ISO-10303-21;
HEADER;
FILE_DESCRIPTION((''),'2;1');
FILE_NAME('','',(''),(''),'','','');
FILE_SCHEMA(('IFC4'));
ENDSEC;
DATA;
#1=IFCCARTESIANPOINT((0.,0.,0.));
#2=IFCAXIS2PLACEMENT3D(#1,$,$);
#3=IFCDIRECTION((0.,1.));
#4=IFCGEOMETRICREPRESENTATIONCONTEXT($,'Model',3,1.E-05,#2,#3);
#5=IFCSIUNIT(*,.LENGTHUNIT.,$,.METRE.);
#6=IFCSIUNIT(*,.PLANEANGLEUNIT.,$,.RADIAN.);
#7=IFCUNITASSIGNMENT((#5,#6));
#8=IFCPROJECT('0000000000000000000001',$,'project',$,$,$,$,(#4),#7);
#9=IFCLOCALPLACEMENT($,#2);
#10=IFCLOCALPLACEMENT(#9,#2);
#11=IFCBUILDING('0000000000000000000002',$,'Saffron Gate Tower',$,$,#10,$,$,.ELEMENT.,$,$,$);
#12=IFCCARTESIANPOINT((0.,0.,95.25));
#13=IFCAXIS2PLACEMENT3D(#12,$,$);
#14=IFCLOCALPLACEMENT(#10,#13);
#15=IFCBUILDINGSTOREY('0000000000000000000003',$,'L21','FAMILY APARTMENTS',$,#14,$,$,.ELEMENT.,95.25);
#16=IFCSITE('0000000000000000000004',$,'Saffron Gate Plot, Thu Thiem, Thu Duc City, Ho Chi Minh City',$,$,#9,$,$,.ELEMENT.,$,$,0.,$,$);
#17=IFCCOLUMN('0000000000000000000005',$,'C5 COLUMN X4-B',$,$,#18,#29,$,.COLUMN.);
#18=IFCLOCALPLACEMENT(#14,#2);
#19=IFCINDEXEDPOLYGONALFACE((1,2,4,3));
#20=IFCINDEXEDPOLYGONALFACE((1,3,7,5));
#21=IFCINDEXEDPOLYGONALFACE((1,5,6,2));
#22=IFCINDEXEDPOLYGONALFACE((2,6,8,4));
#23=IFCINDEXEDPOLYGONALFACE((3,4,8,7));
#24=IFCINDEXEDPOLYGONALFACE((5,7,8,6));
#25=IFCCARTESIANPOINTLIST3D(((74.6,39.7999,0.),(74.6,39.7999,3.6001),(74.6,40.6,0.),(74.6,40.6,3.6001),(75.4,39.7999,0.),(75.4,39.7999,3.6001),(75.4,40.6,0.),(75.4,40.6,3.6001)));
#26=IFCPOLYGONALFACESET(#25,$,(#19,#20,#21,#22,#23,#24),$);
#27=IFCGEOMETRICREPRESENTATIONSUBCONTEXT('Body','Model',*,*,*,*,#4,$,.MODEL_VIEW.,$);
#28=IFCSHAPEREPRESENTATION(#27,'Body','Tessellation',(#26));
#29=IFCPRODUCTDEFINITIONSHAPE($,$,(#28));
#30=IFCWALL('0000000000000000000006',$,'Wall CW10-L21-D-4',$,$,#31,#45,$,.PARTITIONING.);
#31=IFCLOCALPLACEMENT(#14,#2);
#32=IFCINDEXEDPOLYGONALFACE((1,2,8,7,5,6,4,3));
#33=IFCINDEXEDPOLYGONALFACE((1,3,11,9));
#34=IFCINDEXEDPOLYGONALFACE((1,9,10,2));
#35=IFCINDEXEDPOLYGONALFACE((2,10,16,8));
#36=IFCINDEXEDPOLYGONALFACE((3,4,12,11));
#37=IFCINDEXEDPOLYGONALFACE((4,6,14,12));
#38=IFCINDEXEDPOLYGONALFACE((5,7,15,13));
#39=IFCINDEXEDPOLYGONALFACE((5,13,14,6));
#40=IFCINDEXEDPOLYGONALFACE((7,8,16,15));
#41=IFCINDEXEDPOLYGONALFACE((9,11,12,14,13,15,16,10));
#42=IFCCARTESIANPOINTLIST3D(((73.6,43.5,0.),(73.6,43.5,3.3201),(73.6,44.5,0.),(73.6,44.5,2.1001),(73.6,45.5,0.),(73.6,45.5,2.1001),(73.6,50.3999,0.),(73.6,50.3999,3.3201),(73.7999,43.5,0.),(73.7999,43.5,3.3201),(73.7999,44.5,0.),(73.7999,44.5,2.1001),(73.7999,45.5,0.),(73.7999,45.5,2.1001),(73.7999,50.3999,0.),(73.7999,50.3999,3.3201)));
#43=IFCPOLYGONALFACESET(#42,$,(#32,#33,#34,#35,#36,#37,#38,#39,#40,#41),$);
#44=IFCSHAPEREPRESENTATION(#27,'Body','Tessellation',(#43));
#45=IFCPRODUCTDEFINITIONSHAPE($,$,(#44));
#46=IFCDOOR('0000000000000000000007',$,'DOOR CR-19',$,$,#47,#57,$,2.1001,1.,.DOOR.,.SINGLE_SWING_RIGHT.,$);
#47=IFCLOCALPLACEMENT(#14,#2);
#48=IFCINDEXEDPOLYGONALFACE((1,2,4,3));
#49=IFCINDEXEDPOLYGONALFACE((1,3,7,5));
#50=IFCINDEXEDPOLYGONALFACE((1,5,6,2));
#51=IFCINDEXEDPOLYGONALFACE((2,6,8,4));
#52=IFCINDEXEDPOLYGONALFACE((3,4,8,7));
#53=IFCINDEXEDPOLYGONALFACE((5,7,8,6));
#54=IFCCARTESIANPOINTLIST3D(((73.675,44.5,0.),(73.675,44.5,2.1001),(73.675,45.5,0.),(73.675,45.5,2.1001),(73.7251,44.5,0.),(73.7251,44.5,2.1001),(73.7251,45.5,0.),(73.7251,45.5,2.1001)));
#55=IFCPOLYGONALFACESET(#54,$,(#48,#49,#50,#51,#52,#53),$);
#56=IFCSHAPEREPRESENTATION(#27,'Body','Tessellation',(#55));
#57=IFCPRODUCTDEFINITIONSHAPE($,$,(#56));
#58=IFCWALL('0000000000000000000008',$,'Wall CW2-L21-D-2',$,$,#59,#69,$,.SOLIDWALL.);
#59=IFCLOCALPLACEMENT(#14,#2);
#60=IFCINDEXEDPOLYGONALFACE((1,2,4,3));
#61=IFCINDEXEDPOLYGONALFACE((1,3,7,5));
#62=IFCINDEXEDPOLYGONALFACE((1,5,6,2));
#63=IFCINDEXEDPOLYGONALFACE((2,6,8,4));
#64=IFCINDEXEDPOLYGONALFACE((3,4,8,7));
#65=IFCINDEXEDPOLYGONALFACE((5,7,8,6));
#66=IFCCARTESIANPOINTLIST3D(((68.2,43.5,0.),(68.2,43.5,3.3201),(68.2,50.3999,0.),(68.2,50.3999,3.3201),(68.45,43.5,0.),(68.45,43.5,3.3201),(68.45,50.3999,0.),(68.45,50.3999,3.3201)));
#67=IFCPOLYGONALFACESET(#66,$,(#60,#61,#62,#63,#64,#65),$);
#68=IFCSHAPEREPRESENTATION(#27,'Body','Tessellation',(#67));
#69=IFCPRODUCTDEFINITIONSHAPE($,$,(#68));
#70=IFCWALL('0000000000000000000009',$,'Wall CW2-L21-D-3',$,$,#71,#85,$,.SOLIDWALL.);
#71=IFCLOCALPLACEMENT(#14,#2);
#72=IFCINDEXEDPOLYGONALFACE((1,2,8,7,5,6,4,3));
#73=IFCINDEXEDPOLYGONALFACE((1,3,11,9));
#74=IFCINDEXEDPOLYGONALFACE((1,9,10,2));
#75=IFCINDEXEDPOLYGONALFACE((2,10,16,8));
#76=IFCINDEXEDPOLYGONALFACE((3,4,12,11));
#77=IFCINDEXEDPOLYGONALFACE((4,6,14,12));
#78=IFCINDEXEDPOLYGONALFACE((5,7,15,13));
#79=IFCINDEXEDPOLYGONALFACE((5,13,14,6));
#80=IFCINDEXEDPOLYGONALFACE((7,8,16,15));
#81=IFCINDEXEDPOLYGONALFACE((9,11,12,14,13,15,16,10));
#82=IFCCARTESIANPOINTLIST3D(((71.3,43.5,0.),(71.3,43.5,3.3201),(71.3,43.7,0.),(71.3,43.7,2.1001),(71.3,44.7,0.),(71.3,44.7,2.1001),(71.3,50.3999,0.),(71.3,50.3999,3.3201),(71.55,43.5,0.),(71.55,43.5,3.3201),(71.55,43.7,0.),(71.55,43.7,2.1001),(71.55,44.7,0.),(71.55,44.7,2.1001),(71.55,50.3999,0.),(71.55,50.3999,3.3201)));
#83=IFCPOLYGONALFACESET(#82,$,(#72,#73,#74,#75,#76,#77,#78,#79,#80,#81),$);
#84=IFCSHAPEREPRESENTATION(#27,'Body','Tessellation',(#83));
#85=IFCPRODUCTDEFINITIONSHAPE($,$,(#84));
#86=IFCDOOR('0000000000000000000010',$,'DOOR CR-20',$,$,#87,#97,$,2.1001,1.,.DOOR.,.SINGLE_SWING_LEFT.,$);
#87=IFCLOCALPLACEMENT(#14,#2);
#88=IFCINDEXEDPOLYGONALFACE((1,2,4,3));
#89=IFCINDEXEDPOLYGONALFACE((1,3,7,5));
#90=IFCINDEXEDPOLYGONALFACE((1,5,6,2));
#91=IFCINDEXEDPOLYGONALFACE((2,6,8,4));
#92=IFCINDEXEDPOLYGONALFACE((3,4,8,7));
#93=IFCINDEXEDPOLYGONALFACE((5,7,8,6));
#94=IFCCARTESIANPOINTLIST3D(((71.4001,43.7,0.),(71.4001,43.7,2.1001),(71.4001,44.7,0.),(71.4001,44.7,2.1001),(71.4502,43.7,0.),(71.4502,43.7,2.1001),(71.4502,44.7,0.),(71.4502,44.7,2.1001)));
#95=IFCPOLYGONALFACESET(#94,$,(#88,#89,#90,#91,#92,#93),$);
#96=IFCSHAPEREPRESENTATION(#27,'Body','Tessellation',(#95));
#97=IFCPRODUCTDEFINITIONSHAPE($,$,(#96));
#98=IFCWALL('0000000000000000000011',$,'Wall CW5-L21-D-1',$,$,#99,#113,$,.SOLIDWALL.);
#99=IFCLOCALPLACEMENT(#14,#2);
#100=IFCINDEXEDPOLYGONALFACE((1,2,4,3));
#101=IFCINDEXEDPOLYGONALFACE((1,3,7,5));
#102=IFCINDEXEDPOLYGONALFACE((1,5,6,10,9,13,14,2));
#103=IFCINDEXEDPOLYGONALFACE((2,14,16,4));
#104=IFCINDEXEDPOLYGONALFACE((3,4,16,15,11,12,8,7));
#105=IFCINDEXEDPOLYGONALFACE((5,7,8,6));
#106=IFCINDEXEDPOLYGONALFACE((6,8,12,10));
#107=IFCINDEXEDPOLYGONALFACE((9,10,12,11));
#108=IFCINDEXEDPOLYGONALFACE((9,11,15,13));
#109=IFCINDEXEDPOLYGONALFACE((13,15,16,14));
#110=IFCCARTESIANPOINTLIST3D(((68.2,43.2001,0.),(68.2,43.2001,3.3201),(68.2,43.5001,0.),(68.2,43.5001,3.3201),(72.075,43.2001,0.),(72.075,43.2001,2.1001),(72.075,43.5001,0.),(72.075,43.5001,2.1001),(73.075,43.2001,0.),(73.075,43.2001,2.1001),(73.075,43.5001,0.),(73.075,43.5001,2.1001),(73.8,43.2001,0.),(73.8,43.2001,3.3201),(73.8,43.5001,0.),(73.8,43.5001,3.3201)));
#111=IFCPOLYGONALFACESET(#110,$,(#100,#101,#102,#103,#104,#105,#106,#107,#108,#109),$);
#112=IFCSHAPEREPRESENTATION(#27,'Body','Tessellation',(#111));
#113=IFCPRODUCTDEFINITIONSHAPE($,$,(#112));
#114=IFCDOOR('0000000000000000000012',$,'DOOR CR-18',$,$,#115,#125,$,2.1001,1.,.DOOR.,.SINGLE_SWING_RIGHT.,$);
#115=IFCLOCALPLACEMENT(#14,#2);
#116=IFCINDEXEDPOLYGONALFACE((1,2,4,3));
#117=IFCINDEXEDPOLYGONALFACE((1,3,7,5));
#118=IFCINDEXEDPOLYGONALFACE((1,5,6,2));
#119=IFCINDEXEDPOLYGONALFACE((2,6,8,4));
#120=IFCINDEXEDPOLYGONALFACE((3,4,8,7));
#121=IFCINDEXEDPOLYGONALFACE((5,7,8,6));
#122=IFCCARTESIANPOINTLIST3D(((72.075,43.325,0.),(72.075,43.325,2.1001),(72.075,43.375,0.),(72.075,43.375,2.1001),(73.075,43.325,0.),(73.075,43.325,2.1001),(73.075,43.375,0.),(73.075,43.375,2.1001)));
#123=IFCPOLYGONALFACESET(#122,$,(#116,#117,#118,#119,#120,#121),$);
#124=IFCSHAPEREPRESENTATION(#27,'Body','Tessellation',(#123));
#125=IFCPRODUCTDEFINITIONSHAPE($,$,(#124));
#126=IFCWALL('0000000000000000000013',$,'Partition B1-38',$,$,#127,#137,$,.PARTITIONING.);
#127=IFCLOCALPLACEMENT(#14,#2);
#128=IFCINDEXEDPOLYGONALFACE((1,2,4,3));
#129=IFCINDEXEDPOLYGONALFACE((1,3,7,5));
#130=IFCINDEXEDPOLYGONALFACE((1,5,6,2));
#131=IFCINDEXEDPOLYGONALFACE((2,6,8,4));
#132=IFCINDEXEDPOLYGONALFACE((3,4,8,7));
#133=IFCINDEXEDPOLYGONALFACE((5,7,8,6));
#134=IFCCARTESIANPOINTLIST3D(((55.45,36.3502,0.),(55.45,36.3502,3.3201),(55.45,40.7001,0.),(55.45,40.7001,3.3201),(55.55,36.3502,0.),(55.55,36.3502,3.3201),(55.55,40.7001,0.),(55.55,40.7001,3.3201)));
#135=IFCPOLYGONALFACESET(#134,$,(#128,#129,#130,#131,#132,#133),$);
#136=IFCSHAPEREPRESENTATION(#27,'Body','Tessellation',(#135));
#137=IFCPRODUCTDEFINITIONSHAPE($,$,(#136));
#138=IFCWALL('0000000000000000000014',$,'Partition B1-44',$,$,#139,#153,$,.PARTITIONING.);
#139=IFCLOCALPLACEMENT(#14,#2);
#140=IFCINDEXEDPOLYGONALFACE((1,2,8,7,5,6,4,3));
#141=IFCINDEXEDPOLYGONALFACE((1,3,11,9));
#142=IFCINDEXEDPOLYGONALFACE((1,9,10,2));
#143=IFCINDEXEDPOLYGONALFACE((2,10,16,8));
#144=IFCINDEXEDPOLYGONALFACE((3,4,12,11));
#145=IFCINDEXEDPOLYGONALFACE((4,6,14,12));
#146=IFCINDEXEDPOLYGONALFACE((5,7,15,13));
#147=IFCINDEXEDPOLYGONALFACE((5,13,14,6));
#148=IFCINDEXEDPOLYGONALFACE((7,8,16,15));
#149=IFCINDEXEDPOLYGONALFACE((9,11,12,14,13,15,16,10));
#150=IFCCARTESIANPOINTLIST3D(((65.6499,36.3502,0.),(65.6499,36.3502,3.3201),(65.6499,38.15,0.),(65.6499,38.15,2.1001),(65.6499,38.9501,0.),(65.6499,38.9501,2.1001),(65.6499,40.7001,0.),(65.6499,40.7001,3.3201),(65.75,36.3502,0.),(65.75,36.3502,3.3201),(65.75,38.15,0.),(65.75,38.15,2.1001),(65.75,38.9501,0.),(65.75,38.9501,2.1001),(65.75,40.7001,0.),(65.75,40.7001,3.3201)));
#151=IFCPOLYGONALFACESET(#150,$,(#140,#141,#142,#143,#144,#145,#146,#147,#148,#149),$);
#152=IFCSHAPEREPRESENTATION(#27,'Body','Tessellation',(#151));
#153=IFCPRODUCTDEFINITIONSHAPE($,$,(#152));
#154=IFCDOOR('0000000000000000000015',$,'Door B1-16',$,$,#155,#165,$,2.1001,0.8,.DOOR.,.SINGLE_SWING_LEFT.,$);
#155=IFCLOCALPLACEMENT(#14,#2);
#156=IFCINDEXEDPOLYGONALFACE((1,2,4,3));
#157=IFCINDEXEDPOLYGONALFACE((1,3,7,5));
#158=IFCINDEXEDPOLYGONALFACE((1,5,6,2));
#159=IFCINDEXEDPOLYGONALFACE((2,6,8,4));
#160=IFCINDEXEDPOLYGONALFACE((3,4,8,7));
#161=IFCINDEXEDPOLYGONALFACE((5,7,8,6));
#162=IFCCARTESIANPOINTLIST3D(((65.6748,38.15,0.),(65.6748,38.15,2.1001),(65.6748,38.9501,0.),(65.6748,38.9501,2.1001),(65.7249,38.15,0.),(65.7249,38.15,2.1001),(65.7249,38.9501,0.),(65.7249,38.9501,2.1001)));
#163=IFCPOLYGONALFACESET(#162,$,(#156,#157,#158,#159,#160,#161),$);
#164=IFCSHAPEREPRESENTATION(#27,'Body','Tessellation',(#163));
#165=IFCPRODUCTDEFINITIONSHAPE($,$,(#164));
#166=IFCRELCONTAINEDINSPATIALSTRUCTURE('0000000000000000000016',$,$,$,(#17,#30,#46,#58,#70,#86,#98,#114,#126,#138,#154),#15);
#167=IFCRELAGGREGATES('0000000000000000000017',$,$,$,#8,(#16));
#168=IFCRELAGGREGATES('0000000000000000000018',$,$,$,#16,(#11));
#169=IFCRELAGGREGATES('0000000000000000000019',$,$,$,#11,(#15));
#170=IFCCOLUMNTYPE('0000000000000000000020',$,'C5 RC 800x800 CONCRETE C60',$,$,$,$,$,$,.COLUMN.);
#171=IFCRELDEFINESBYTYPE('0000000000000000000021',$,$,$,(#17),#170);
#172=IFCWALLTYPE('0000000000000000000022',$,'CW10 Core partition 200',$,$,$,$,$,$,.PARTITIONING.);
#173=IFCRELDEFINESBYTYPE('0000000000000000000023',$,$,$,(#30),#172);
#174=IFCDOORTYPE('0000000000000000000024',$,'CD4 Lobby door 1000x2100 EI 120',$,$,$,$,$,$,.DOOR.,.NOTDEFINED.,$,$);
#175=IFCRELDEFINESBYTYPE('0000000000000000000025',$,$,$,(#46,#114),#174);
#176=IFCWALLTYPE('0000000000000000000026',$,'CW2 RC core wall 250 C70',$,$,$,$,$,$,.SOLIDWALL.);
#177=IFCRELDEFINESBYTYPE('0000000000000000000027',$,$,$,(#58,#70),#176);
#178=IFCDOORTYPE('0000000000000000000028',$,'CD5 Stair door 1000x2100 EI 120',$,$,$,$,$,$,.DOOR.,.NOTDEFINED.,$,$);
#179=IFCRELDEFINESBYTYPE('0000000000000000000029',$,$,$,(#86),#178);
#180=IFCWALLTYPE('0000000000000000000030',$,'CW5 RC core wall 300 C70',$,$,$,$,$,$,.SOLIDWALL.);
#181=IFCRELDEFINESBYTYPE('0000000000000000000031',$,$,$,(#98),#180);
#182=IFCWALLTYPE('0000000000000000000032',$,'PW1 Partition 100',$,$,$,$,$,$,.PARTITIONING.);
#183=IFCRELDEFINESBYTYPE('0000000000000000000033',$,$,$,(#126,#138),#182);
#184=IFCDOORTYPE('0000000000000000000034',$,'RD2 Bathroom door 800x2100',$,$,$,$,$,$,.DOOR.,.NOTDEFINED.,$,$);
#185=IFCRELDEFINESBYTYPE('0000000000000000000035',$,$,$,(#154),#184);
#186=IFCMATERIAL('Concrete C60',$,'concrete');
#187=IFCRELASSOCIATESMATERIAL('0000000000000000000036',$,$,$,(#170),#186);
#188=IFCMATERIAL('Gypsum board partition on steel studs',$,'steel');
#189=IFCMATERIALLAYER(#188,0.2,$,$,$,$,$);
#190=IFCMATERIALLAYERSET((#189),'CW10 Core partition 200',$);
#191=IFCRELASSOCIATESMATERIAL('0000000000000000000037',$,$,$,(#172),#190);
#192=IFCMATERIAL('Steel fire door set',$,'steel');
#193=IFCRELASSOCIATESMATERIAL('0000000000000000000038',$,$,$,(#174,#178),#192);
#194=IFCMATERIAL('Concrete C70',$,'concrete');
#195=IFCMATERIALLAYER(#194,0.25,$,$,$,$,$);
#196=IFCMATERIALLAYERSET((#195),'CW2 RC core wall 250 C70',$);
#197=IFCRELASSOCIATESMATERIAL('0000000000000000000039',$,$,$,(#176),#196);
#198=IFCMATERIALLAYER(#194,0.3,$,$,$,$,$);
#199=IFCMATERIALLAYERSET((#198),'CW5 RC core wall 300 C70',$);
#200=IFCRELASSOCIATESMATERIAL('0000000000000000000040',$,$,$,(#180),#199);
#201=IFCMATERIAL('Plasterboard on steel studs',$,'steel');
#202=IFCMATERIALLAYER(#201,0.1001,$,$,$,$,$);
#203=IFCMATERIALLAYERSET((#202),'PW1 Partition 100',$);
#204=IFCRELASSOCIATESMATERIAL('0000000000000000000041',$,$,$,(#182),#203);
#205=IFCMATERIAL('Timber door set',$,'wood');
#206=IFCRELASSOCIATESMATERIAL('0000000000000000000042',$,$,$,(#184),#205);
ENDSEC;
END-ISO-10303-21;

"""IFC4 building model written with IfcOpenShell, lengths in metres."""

from ifc_helpers import new_model, si_unit, direction, frame, frame_2d, origin, origin_2d, place, context, subcontext, project, spatial, rectangle, extrude, material, layer, layer_set, material_profile, profile_set, type_object, element, fill, save


model = new_model("IFC4")

# Units and contexts
model_context = context("Model", 3, precision=1e-05, world=origin(), true_north=direction((0.0, 1.0)))
body_context = subcontext(model_context, "Body", "Model", "MODEL_VIEW")
ifc_project = project(units=[si_unit("LENGTHUNIT", "METRE"), si_unit("PLANEANGLEUNIT", "RADIAN")], contexts=[model_context])

# Site, building, storey
site_placement = place(None, origin())
site = spatial("IfcSite", under=ifc_project, at=site_placement, Name="Saffron Gate Plot, Thu Thiem, Thu Duc City, Ho Chi Minh City", CompositionType="ELEMENT", RefElevation=0.0)
building_placement = place(site_placement, origin())
building = spatial("IfcBuilding", under=site, at=building_placement, Name="Saffron Gate Tower", CompositionType="ELEMENT")
storey_placement = place(building_placement, frame((0.0, 0.0, 95.25)))
storey = spatial("IfcBuildingStorey", under=building, at=storey_placement, Name="L21", Description="FAMILY APARTMENTS", CompositionType="ELEMENT", Elevation=95.25)

# Column
ifc_material_1 = material(Name="Concrete C60", Category="concrete")
ifc_material_profile = material_profile(ifc_material_1, rectangle(XDim=0.8, YDim=0.8, at=origin_2d()))
ifc_profile_set = profile_set([ifc_material_profile], Name="Concrete C60")
column_type = type_object("IfcColumnType", Name="C5 RC 800x800 CONCRETE C60", PredefinedType="COLUMN", material=ifc_profile_set)
column_placement = place(storey_placement, frame((75.0, 40.2, 0.0), z_axis=(0.0, 0.0, 1.0), x_axis=(1.0, 0.0, 0.0)))
element("IfcColumn", 1, at=column_placement, inside=storey, type_object=column_type, Name="C5 COLUMN X4-B", PredefinedType="COLUMN", context=body_context, shape_type="SweptSolid", body=[
    extrude(rectangle(XDim=0.8, YDim=0.8, at=origin_2d()), origin(), (0.0, 0.0, 1.0), 3.6001),
])

# Wall, opening, door
ifc_material_2 = material(Name="Gypsum board partition on steel studs", Category="steel")
ifc_layer_1 = layer(ifc_material_2, 0.2)
ifc_layer_set_1 = layer_set([ifc_layer_1], Name="CW10 Core partition 200")
wall_type_1 = type_object("IfcWallType", Name="CW10 Core partition 200", PredefinedType="PARTITIONING", material=ifc_layer_set_1)
wall_1_placement = place(storey_placement, frame((73.7, 43.5, 0.0), z_axis=(0.0, 0.0, 1.0), x_axis=(0.0, 1.0, 0.0)))
wall_1 = element("IfcWall", 2, at=wall_1_placement, inside=storey, type_object=wall_type_1, Name="Wall CW10-L21-D-4", PredefinedType="PARTITIONING", context=body_context, shape_type="SweptSolid", body=[
    extrude(rectangle(XDim=6.8999, YDim=0.2, at=frame_2d((3.45, 0.0))), origin(), (0.0, 0.0, 1.0), 3.3201),
])
opening_1_placement = place(wall_1_placement, frame((1.0, 0.0, 0.0)))
opening_1 = element("IfcOpeningElement", 3, at=opening_1_placement, cuts=wall_1, PredefinedType="OPENING", context=body_context, shape_type="SweptSolid", body=[
    extrude(rectangle(XDim=1.0, YDim=2.1001, at=frame_2d((0.5, 1.05))), frame((0.0, 0.1099, 0.0), z_axis=(0.0, -1.0, 0.0), x_axis=(1.0, 0.0, 0.0)), (0.0, 0.0, 1.0), 0.22),
])
ifc_material_3 = material(Name="Steel fire door set", Category="steel")
door_type_1 = type_object("IfcDoorType", Name="CD4 Lobby door 1000x2100 EI 120", OperationType="NOTDEFINED", PredefinedType="DOOR", material=ifc_material_3)
door_1_placement = place(opening_1_placement, origin())
door_1 = element("IfcDoor", 4, at=door_1_placement, inside=storey, type_object=door_type_1, Name="DOOR CR-19", OperationType="SINGLE_SWING_RIGHT", OverallHeight=2.1001, OverallWidth=1.0, PredefinedType="DOOR", context=body_context, shape_type="SweptSolid", body=[
    extrude(rectangle(XDim=1.0, YDim=2.1001, at=frame_2d((0.5, 1.05))), frame((0.0, 0.0249, 0.0), z_axis=(0.0, -1.0, 0.0), x_axis=(1.0, 0.0, 0.0)), (0.0, 0.0, 1.0), 0.05),
])
fill(opening_1, door_1)

# Wall
ifc_material_4 = material(Name="Concrete C70", Category="concrete")
ifc_layer_2 = layer(ifc_material_4, 0.25)
ifc_layer_set_2 = layer_set([ifc_layer_2], Name="CW2 RC core wall 250 C70")
wall_type_2 = type_object("IfcWallType", Name="CW2 RC core wall 250 C70", PredefinedType="SOLIDWALL", material=ifc_layer_set_2)
wall_2_placement = place(storey_placement, frame((68.325, 43.5, 0.0), z_axis=(0.0, 0.0, 1.0), x_axis=(0.0, 1.0, 0.0)))
element("IfcWall", 5, at=wall_2_placement, inside=storey, type_object=wall_type_2, Name="Wall CW2-L21-D-2", PredefinedType="SOLIDWALL", context=body_context, shape_type="SweptSolid", body=[
    extrude(rectangle(XDim=6.8999, YDim=0.25, at=frame_2d((3.45, 0.0))), origin(), (0.0, 0.0, 1.0), 3.3201),
])

# Walls, openings, doors
wall_3_placement = place(storey_placement, frame((71.425, 43.5, 0.0), z_axis=(0.0, 0.0, 1.0), x_axis=(0.0, 1.0, 0.0)))
wall_3 = element("IfcWall", 6, at=wall_3_placement, inside=storey, type_object=wall_type_2, Name="Wall CW2-L21-D-3", PredefinedType="SOLIDWALL", context=body_context, shape_type="SweptSolid", body=[
    extrude(rectangle(XDim=6.8999, YDim=0.25, at=frame_2d((3.45, 0.0))), origin(), (0.0, 0.0, 1.0), 3.3201),
])
opening_2_placement = place(wall_3_placement, frame((0.2, 0.0, 0.0)))
opening_2 = element("IfcOpeningElement", 7, at=opening_2_placement, cuts=wall_3, PredefinedType="OPENING", context=body_context, shape_type="SweptSolid", body=[
    extrude(rectangle(XDim=1.0, YDim=2.1001, at=frame_2d((0.5, 1.05))), frame((0.0, 0.135, 0.0), z_axis=(0.0, -1.0, 0.0), x_axis=(1.0, 0.0, 0.0)), (0.0, 0.0, 1.0), 0.27),
])
door_type_2 = type_object("IfcDoorType", Name="CD5 Stair door 1000x2100 EI 120", OperationType="NOTDEFINED", PredefinedType="DOOR", material=ifc_material_3)
door_2_placement = place(opening_2_placement, origin())
door_2 = element("IfcDoor", 8, at=door_2_placement, inside=storey, type_object=door_type_2, Name="DOOR CR-20", OperationType="SINGLE_SWING_LEFT", OverallHeight=2.1001, OverallWidth=1.0, PredefinedType="DOOR", context=body_context, shape_type="SweptSolid", body=[
    extrude(rectangle(XDim=1.0, YDim=2.1001, at=frame_2d((0.5, 1.05))), frame((0.0, 0.0249, 0.0), z_axis=(0.0, -1.0, 0.0), x_axis=(1.0, 0.0, 0.0)), (0.0, 0.0, 1.0), 0.05),
])
fill(opening_2, door_2)
ifc_layer_3 = layer(ifc_material_4, 0.3)
ifc_layer_set_3 = layer_set([ifc_layer_3], Name="CW5 RC core wall 300 C70")
wall_type_3 = type_object("IfcWallType", Name="CW5 RC core wall 300 C70", PredefinedType="SOLIDWALL", material=ifc_layer_set_3)
wall_4_placement = place(storey_placement, frame((68.2, 43.3501, 0.0), z_axis=(0.0, 0.0, 1.0), x_axis=(1.0, 0.0, 0.0)))
wall_4 = element("IfcWall", 9, at=wall_4_placement, inside=storey, type_object=wall_type_3, Name="Wall CW5-L21-D-1", PredefinedType="SOLIDWALL", context=body_context, shape_type="SweptSolid", body=[
    extrude(rectangle(XDim=5.6001, YDim=0.3, at=frame_2d((2.8, 0.0))), origin(), (0.0, 0.0, 1.0), 3.3201),
])
opening_3_placement = place(wall_4_placement, frame((3.875, 0.0, 0.0)))
opening_3 = element("IfcOpeningElement", 10, at=opening_3_placement, cuts=wall_4, PredefinedType="OPENING", context=body_context, shape_type="SweptSolid", body=[
    extrude(rectangle(XDim=1.0, YDim=2.1001, at=frame_2d((0.5, 1.05))), frame((0.0, 0.1602, 0.0), z_axis=(0.0, -1.0, 0.0), x_axis=(1.0, 0.0, 0.0)), (0.0, 0.0, 1.0), 0.3201),
])
door_3_placement = place(opening_3_placement, origin())
door_3 = element("IfcDoor", 11, at=door_3_placement, inside=storey, type_object=door_type_1, Name="DOOR CR-18", OperationType="SINGLE_SWING_RIGHT", OverallHeight=2.1001, OverallWidth=1.0, PredefinedType="DOOR", context=body_context, shape_type="SweptSolid", body=[
    extrude(rectangle(XDim=1.0, YDim=2.1001, at=frame_2d((0.5, 1.05))), frame((0.0, 0.0249, 0.0), z_axis=(0.0, -1.0, 0.0), x_axis=(1.0, 0.0, 0.0)), (0.0, 0.0, 1.0), 0.05),
])
fill(opening_3, door_3)

# Wall
ifc_material_5 = material(Name="Plasterboard on steel studs", Category="steel")
ifc_layer_4 = layer(ifc_material_5, 0.1001)
ifc_layer_set_4 = layer_set([ifc_layer_4], Name="PW1 Partition 100")
wall_type_4 = type_object("IfcWallType", Name="PW1 Partition 100", PredefinedType="PARTITIONING", material=ifc_layer_set_4)
wall_5_placement = place(storey_placement, frame((55.5, 40.7, 0.0), z_axis=(0.0, 0.0, 1.0), x_axis=(0.0, -1.0, 0.0)))
element("IfcWall", 12, at=wall_5_placement, inside=storey, type_object=wall_type_4, Name="Partition B1-38", PredefinedType="PARTITIONING", context=body_context, shape_type="SweptSolid", body=[
    extrude(rectangle(XDim=4.3499, YDim=0.1001, at=frame_2d((2.1748, 0.0))), origin(), (0.0, 0.0, 1.0), 3.3201),
])

# Wall, opening, door
wall_6_placement = place(storey_placement, frame((65.7, 40.7, 0.0), z_axis=(0.0, 0.0, 1.0), x_axis=(0.0, -1.0, 0.0)))
wall_6 = element("IfcWall", 13, at=wall_6_placement, inside=storey, type_object=wall_type_4, Name="Partition B1-44", PredefinedType="PARTITIONING", context=body_context, shape_type="SweptSolid", body=[
    extrude(rectangle(XDim=4.3499, YDim=0.1001, at=frame_2d((2.1748, 0.0))), origin(), (0.0, 0.0, 1.0), 3.3201),
])
opening_4_placement = place(wall_6_placement, frame((1.75, 0.0, 0.0)))
opening_4 = element("IfcOpeningElement", 14, at=opening_4_placement, cuts=wall_6, PredefinedType="OPENING", context=body_context, shape_type="SweptSolid", body=[
    extrude(rectangle(XDim=0.8, YDim=2.1001, at=frame_2d((0.3999, 1.05))), frame((0.0, 0.0601, 0.0), z_axis=(0.0, -1.0, 0.0), x_axis=(1.0, 0.0, 0.0)), (0.0, 0.0, 1.0), 0.1201),
])
ifc_material_6 = material(Name="Timber door set", Category="wood")
door_type_3 = type_object("IfcDoorType", Name="RD2 Bathroom door 800x2100", OperationType="NOTDEFINED", PredefinedType="DOOR", material=ifc_material_6)
door_4_placement = place(opening_4_placement, origin())
door_4 = element("IfcDoor", 15, at=door_4_placement, inside=storey, type_object=door_type_3, Name="Door B1-16", OperationType="SINGLE_SWING_LEFT", OverallHeight=2.1001, OverallWidth=0.8, PredefinedType="DOOR", context=body_context, shape_type="SweptSolid", body=[
    extrude(rectangle(XDim=0.8, YDim=2.1001, at=frame_2d((0.3999, 1.05))), frame((0.0, 0.0249, 0.0), z_axis=(0.0, -1.0, 0.0), x_axis=(1.0, 0.0, 0.0)), (0.0, 0.0, 1.0), 0.05),
])
fill(opening_4, door_4)

save(model, "model.ifc")
